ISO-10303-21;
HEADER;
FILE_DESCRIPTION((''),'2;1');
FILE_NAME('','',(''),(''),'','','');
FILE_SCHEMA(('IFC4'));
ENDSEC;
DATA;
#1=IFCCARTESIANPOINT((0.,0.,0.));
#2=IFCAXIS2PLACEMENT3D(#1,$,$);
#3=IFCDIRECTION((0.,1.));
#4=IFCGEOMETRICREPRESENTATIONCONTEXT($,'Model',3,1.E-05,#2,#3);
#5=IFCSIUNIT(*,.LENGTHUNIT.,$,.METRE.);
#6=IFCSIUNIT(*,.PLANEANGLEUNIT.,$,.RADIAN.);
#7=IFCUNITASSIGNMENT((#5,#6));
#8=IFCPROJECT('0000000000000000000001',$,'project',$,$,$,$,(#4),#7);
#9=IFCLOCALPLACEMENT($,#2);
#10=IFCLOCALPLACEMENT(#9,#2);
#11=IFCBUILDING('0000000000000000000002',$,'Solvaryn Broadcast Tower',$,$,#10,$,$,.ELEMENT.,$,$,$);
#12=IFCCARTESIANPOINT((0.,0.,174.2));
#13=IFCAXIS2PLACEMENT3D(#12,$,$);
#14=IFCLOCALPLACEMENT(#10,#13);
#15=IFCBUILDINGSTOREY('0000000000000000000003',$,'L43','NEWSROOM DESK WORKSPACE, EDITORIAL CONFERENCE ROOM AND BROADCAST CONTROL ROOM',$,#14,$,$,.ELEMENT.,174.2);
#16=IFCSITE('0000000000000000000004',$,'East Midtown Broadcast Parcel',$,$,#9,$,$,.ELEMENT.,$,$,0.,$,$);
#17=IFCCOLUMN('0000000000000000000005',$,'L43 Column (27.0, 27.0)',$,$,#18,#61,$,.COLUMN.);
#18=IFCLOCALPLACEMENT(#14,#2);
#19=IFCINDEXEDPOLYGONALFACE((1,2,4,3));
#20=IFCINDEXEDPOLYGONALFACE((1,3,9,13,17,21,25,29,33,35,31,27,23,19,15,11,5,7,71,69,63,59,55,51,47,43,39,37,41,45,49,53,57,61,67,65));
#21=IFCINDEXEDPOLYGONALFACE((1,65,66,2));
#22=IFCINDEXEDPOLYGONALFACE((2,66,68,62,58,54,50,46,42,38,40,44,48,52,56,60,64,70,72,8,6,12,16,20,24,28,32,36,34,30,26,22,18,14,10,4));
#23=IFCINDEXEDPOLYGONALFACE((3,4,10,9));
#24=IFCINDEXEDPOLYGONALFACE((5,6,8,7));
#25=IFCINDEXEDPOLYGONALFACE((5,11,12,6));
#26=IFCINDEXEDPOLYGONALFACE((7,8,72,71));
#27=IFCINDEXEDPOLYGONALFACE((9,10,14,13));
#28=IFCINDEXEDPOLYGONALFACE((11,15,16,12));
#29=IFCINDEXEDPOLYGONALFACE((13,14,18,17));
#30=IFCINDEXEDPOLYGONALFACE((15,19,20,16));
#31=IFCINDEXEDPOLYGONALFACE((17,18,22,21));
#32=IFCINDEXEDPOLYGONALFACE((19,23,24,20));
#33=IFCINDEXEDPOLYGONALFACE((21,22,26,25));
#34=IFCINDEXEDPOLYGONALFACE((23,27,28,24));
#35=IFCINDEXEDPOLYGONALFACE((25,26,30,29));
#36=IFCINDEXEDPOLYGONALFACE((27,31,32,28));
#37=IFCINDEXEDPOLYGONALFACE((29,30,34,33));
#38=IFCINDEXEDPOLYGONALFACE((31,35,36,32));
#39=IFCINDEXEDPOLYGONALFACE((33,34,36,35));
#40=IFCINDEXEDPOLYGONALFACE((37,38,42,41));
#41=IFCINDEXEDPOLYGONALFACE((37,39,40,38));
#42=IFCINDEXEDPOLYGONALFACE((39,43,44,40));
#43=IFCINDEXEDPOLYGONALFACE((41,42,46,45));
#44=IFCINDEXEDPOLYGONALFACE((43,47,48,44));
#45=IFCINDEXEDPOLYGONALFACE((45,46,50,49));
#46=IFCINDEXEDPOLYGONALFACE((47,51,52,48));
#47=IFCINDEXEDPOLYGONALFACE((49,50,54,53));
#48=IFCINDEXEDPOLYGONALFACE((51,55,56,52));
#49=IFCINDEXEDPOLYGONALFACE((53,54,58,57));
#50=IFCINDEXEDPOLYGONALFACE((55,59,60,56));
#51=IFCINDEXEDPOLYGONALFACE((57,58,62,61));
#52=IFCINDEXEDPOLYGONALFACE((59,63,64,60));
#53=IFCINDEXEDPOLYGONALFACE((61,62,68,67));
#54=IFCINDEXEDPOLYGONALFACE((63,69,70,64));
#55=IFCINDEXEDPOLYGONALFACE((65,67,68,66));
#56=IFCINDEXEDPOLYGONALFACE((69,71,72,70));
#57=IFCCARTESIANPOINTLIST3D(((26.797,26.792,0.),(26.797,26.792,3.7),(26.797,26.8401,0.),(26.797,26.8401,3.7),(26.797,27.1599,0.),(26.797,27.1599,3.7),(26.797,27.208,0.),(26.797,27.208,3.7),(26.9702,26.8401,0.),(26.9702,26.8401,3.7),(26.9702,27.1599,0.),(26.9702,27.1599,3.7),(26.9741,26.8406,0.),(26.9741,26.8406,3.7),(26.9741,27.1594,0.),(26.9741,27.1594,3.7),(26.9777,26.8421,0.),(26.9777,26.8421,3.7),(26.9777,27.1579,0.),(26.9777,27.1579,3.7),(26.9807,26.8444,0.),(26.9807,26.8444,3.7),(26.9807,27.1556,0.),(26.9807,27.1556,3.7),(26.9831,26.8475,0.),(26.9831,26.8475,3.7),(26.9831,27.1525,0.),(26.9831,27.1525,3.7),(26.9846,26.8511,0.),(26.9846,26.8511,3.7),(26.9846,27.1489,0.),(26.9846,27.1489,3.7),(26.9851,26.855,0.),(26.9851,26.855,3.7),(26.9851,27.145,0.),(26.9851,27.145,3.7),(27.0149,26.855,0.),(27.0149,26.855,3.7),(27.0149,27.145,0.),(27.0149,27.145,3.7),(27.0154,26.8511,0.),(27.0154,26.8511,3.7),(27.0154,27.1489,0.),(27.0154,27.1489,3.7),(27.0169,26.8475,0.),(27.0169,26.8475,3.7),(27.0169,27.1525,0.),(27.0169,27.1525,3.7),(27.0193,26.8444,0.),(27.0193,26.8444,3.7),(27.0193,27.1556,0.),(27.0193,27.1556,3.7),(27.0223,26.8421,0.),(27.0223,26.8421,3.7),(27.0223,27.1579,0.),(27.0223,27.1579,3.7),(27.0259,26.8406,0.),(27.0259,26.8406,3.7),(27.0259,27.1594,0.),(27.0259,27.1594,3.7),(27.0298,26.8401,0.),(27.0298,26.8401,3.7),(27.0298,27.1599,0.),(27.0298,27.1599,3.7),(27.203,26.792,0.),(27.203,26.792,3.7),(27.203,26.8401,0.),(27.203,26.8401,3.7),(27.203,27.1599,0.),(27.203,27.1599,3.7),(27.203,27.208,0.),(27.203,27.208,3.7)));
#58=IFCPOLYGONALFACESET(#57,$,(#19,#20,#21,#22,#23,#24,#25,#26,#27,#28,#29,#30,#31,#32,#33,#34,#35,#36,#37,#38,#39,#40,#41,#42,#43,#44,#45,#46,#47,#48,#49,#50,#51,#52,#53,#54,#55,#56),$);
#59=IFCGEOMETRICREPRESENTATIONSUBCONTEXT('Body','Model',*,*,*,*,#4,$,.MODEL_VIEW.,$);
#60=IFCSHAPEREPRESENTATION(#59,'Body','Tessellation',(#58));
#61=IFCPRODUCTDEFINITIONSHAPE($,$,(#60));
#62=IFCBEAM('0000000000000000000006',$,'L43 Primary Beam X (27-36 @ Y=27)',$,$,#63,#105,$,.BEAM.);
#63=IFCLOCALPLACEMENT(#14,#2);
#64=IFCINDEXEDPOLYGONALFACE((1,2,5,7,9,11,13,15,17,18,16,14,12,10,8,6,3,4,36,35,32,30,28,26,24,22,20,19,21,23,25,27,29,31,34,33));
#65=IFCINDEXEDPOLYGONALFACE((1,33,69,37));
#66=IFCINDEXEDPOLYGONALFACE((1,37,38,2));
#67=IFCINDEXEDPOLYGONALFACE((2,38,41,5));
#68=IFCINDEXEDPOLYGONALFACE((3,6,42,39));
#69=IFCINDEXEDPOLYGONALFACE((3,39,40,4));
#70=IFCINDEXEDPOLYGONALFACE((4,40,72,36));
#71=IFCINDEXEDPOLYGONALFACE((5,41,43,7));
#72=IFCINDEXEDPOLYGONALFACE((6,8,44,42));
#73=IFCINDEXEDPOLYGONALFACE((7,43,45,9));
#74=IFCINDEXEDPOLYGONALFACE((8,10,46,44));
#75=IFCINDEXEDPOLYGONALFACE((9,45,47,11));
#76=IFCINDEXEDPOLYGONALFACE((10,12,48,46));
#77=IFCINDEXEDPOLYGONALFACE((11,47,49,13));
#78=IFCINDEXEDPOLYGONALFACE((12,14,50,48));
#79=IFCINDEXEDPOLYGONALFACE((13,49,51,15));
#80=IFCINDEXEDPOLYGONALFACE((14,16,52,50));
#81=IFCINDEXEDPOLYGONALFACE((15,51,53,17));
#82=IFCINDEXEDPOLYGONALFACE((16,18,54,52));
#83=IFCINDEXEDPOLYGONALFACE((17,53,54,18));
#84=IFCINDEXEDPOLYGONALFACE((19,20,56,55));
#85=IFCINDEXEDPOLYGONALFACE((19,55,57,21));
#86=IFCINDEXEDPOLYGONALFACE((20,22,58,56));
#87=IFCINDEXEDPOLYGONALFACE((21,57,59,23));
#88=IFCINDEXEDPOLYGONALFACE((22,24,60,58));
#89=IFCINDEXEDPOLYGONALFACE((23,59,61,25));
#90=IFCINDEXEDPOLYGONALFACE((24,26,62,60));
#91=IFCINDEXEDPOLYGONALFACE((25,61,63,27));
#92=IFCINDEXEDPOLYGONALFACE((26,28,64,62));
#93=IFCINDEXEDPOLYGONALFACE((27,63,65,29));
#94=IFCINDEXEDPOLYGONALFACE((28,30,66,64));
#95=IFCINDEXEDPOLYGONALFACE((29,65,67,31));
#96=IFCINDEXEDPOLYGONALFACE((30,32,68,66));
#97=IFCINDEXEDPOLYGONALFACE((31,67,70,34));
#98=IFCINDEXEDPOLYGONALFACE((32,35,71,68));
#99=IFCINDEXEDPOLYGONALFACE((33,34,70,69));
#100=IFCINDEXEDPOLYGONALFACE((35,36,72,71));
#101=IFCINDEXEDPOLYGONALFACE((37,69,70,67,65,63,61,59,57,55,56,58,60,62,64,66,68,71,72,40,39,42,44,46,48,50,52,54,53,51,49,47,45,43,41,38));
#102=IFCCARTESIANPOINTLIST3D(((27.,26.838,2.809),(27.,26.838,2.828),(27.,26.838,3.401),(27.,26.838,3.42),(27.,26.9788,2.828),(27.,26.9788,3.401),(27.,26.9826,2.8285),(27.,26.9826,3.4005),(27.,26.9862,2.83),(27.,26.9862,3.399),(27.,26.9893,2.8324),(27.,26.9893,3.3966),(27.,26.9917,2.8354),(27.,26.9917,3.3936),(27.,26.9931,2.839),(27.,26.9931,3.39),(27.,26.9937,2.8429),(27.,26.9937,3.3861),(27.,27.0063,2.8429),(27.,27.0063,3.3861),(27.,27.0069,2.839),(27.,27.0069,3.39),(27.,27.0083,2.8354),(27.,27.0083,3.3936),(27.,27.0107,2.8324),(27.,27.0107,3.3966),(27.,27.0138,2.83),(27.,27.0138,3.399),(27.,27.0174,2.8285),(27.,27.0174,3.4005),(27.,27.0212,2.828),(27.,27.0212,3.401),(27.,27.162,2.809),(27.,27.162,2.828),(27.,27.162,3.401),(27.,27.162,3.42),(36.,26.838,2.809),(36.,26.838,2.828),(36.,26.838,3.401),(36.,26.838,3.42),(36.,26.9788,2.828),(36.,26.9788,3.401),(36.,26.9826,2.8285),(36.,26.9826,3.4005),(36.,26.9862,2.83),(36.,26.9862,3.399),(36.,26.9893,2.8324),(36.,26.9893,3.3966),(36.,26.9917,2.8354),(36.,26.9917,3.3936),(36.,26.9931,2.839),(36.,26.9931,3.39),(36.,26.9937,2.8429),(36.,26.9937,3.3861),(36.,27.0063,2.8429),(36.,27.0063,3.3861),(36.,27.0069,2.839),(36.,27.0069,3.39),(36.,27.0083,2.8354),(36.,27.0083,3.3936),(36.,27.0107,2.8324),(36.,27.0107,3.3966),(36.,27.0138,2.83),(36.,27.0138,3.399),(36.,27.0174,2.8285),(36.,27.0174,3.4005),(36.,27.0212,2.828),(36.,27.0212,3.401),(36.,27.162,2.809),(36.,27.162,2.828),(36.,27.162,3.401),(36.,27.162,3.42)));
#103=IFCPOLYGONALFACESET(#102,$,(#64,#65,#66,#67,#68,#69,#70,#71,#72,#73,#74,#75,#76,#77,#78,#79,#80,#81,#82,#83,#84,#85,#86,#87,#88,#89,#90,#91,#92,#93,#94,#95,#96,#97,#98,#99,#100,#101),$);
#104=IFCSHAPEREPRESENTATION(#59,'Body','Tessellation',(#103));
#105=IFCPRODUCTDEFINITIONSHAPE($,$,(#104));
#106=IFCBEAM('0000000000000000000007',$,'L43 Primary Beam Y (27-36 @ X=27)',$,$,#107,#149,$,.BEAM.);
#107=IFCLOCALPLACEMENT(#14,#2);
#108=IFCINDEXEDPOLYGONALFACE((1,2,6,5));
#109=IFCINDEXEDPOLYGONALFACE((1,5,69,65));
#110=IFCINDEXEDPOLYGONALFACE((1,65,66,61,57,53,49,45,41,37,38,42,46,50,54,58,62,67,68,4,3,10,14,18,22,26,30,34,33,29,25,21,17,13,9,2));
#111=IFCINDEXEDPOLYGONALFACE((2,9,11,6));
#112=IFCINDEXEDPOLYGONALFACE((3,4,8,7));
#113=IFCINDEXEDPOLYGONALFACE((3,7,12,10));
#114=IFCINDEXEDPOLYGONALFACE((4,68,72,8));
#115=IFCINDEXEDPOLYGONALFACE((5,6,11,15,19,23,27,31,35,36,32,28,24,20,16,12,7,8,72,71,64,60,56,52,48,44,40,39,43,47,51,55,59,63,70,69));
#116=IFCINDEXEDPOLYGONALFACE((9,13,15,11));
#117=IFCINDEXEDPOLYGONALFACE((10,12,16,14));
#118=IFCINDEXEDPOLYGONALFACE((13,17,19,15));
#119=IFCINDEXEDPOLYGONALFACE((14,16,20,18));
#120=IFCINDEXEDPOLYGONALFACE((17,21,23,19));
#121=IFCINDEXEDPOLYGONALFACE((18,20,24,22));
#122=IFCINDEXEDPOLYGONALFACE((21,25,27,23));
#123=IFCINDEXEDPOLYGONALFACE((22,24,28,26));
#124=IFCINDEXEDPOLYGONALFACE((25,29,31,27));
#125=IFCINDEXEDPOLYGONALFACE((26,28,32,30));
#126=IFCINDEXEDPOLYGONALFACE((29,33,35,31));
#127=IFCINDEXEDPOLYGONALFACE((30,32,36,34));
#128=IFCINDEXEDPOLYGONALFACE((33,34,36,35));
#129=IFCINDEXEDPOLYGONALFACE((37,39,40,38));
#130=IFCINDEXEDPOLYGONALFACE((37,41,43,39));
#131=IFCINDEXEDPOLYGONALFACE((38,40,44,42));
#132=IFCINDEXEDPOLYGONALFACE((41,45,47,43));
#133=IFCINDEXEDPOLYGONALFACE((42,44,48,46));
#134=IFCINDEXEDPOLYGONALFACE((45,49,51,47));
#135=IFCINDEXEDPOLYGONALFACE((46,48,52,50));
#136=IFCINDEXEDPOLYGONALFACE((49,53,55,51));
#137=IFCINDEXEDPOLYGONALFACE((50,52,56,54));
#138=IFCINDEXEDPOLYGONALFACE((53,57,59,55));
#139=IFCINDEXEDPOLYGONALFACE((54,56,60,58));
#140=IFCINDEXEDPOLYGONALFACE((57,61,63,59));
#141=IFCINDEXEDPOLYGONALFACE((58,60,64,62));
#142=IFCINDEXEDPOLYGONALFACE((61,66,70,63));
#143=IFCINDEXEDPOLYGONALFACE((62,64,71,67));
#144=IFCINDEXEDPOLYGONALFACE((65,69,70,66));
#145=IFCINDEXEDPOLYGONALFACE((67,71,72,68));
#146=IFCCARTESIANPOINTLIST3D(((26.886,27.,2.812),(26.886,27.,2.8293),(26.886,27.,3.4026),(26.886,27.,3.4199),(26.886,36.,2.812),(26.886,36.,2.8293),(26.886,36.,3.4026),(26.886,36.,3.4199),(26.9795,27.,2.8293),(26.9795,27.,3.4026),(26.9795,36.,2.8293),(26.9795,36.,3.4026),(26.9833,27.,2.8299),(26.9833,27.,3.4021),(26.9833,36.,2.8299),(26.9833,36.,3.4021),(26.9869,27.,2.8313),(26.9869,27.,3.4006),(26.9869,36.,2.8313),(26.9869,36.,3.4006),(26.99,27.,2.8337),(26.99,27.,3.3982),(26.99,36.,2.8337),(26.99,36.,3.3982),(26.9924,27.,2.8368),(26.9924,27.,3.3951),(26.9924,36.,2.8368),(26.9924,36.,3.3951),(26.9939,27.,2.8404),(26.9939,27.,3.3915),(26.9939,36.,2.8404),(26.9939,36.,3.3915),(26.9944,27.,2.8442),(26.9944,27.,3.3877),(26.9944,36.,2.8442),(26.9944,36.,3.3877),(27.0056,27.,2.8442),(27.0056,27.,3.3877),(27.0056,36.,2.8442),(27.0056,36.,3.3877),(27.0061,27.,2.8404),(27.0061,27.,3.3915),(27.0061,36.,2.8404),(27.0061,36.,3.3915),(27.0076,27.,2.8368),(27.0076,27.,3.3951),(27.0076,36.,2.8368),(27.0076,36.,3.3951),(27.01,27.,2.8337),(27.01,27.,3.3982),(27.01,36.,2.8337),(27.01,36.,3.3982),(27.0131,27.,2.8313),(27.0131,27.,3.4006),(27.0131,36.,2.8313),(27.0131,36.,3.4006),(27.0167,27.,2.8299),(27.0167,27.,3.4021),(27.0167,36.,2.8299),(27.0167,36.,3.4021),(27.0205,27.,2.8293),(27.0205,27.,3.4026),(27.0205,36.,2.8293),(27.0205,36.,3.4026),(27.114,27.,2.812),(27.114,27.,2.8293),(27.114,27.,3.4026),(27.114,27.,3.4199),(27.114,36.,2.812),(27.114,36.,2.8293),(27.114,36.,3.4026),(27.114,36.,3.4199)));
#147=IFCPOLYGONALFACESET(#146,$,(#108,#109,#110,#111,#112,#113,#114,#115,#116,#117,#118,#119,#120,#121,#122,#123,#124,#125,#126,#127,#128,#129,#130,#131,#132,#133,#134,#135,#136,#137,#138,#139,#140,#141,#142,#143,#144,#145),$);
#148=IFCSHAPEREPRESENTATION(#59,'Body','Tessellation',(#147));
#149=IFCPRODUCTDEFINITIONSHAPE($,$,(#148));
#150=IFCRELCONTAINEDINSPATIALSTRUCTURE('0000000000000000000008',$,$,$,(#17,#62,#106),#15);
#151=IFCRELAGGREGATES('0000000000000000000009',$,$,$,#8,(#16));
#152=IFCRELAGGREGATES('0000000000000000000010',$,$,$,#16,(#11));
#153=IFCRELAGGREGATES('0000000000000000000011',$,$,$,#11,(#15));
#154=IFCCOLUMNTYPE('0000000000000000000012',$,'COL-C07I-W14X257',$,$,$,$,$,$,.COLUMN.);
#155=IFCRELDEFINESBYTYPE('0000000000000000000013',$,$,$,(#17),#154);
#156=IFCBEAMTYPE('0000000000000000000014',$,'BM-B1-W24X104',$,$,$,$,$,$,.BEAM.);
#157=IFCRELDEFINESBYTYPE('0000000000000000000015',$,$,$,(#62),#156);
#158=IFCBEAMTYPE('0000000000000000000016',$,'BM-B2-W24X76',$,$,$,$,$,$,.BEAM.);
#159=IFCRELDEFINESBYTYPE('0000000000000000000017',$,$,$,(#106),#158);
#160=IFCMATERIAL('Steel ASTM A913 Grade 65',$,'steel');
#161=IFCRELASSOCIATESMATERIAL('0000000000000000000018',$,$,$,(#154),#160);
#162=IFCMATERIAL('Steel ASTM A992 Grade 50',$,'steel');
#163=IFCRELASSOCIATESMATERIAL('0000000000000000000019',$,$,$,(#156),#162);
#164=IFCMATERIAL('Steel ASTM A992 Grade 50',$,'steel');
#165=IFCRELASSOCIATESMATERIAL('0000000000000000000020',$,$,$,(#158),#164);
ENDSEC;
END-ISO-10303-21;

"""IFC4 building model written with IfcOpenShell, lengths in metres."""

from ifc_helpers import new_model, si_unit, direction, frame, origin, origin_2d, place, context, subcontext, project, spatial, i_section, extrude, material, material_profile, profile_set, type_object, element, save


model = new_model("IFC4")

# Units and contexts
model_context = context("Model", 3, precision=1e-05, world=origin(), true_north=direction((0.0, 1.0)))
body_context = subcontext(model_context, "Body", "Model", "MODEL_VIEW")
ifc_project = project(units=[si_unit("LENGTHUNIT", "METRE"), si_unit("PLANEANGLEUNIT", "RADIAN")], contexts=[model_context])

# Site, building, storey
site_placement = place(None, origin())
site = spatial("IfcSite", under=ifc_project, at=site_placement, Name="East Midtown Broadcast Parcel", CompositionType="ELEMENT", RefElevation=0.0)
building_placement = place(site_placement, origin())
building = spatial("IfcBuilding", under=site, at=building_placement, Name="Solvaryn Broadcast Tower", CompositionType="ELEMENT")
storey_placement = place(building_placement, frame((0.0, 0.0, 174.2)))
storey = spatial("IfcBuildingStorey", under=building, at=storey_placement, Name="L43", Description="NEWSROOM DESK WORKSPACE, EDITORIAL CONFERENCE ROOM AND BROADCAST CONTROL ROOM", CompositionType="ELEMENT", Elevation=174.2)

# Column
ifc_material_1 = material(Name="Steel ASTM A913 Grade 65", Category="steel")
ifc_material_profile_1 = material_profile(ifc_material_1, i_section(OverallWidth=0.406, OverallDepth=0.416, WebThickness=0.0298, FlangeThickness=0.0481, FilletRadius=0.0149, at=origin_2d()))
ifc_profile_set_1 = profile_set([ifc_material_profile_1], Name="Steel ASTM A913 Grade 65")
column_type = type_object("IfcColumnType", Name="COL-C07I-W14X257", PredefinedType="COLUMN", material=ifc_profile_set_1)
column_placement = place(storey_placement, frame((27.0, 27.0, 0.0), z_axis=(0.0, 0.0, 1.0), x_axis=(1.0, 0.0, 0.0)))
element("IfcColumn", 1, at=column_placement, inside=storey, type_object=column_type, Name="L43 Column (27.0, 27.0)", PredefinedType="COLUMN", context=body_context, shape_type="SweptSolid", body=[
    extrude(i_section(OverallWidth=0.406, OverallDepth=0.416, WebThickness=0.0298, FlangeThickness=0.0481, FilletRadius=0.0149, at=origin_2d()), origin(), (0.0, 0.0, 1.0), 3.7),
])

# Beams
ifc_material_2 = material(Name="Steel ASTM A992 Grade 50", Category="steel")
ifc_material_profile_2 = material_profile(ifc_material_2, i_section(OverallWidth=0.324, OverallDepth=0.6111, WebThickness=0.0127, FlangeThickness=0.019, FilletRadius=0.0149, at=origin_2d()))
ifc_profile_set_2 = profile_set([ifc_material_profile_2], Name="Steel ASTM A992 Grade 50")
beam_type_1 = type_object("IfcBeamType", Name="BM-B1-W24X104", PredefinedType="BEAM", material=ifc_profile_set_2)
beam_1_placement = place(storey_placement, frame((27.0, 27.0, 3.1145), z_axis=(1.0, 0.0, 0.0), x_axis=(0.0, 1.0, 0.0)))
element("IfcBeam", 2, at=beam_1_placement, inside=storey, type_object=beam_type_1, Name="L43 Primary Beam X (27-36 @ Y=27)", PredefinedType="BEAM", context=body_context, shape_type="SweptSolid", body=[
    extrude(i_section(OverallWidth=0.324, OverallDepth=0.6111, WebThickness=0.0127, FlangeThickness=0.019, FilletRadius=0.0149, at=origin_2d()), origin(), (0.0, 0.0, 1.0), 9.0),
])
ifc_material_3 = material(Name="Steel ASTM A992 Grade 50", Category="steel")
ifc_material_profile_3 = material_profile(ifc_material_3, i_section(OverallWidth=0.228, OverallDepth=0.6079, WebThickness=0.0112, FlangeThickness=0.0173, FilletRadius=0.0149, at=origin_2d()))
ifc_profile_set_3 = profile_set([ifc_material_profile_3], Name="Steel ASTM A992 Grade 50")
beam_type_2 = type_object("IfcBeamType", Name="BM-B2-W24X76", PredefinedType="BEAM", material=ifc_profile_set_3)
beam_2_placement = place(storey_placement, frame((27.0, 27.0, 3.116), z_axis=(0.0, 1.0, 0.0), x_axis=(-1.0, 0.0, 0.0)))
element("IfcBeam", 3, at=beam_2_placement, inside=storey, type_object=beam_type_2, Name="L43 Primary Beam Y (27-36 @ X=27)", PredefinedType="BEAM", context=body_context, shape_type="SweptSolid", body=[
    extrude(i_section(OverallWidth=0.228, OverallDepth=0.6079, WebThickness=0.0112, FlangeThickness=0.0173, FilletRadius=0.0149, at=origin_2d()), origin(), (0.0, 0.0, 1.0), 9.0),
])

save(model, "model.ifc")
